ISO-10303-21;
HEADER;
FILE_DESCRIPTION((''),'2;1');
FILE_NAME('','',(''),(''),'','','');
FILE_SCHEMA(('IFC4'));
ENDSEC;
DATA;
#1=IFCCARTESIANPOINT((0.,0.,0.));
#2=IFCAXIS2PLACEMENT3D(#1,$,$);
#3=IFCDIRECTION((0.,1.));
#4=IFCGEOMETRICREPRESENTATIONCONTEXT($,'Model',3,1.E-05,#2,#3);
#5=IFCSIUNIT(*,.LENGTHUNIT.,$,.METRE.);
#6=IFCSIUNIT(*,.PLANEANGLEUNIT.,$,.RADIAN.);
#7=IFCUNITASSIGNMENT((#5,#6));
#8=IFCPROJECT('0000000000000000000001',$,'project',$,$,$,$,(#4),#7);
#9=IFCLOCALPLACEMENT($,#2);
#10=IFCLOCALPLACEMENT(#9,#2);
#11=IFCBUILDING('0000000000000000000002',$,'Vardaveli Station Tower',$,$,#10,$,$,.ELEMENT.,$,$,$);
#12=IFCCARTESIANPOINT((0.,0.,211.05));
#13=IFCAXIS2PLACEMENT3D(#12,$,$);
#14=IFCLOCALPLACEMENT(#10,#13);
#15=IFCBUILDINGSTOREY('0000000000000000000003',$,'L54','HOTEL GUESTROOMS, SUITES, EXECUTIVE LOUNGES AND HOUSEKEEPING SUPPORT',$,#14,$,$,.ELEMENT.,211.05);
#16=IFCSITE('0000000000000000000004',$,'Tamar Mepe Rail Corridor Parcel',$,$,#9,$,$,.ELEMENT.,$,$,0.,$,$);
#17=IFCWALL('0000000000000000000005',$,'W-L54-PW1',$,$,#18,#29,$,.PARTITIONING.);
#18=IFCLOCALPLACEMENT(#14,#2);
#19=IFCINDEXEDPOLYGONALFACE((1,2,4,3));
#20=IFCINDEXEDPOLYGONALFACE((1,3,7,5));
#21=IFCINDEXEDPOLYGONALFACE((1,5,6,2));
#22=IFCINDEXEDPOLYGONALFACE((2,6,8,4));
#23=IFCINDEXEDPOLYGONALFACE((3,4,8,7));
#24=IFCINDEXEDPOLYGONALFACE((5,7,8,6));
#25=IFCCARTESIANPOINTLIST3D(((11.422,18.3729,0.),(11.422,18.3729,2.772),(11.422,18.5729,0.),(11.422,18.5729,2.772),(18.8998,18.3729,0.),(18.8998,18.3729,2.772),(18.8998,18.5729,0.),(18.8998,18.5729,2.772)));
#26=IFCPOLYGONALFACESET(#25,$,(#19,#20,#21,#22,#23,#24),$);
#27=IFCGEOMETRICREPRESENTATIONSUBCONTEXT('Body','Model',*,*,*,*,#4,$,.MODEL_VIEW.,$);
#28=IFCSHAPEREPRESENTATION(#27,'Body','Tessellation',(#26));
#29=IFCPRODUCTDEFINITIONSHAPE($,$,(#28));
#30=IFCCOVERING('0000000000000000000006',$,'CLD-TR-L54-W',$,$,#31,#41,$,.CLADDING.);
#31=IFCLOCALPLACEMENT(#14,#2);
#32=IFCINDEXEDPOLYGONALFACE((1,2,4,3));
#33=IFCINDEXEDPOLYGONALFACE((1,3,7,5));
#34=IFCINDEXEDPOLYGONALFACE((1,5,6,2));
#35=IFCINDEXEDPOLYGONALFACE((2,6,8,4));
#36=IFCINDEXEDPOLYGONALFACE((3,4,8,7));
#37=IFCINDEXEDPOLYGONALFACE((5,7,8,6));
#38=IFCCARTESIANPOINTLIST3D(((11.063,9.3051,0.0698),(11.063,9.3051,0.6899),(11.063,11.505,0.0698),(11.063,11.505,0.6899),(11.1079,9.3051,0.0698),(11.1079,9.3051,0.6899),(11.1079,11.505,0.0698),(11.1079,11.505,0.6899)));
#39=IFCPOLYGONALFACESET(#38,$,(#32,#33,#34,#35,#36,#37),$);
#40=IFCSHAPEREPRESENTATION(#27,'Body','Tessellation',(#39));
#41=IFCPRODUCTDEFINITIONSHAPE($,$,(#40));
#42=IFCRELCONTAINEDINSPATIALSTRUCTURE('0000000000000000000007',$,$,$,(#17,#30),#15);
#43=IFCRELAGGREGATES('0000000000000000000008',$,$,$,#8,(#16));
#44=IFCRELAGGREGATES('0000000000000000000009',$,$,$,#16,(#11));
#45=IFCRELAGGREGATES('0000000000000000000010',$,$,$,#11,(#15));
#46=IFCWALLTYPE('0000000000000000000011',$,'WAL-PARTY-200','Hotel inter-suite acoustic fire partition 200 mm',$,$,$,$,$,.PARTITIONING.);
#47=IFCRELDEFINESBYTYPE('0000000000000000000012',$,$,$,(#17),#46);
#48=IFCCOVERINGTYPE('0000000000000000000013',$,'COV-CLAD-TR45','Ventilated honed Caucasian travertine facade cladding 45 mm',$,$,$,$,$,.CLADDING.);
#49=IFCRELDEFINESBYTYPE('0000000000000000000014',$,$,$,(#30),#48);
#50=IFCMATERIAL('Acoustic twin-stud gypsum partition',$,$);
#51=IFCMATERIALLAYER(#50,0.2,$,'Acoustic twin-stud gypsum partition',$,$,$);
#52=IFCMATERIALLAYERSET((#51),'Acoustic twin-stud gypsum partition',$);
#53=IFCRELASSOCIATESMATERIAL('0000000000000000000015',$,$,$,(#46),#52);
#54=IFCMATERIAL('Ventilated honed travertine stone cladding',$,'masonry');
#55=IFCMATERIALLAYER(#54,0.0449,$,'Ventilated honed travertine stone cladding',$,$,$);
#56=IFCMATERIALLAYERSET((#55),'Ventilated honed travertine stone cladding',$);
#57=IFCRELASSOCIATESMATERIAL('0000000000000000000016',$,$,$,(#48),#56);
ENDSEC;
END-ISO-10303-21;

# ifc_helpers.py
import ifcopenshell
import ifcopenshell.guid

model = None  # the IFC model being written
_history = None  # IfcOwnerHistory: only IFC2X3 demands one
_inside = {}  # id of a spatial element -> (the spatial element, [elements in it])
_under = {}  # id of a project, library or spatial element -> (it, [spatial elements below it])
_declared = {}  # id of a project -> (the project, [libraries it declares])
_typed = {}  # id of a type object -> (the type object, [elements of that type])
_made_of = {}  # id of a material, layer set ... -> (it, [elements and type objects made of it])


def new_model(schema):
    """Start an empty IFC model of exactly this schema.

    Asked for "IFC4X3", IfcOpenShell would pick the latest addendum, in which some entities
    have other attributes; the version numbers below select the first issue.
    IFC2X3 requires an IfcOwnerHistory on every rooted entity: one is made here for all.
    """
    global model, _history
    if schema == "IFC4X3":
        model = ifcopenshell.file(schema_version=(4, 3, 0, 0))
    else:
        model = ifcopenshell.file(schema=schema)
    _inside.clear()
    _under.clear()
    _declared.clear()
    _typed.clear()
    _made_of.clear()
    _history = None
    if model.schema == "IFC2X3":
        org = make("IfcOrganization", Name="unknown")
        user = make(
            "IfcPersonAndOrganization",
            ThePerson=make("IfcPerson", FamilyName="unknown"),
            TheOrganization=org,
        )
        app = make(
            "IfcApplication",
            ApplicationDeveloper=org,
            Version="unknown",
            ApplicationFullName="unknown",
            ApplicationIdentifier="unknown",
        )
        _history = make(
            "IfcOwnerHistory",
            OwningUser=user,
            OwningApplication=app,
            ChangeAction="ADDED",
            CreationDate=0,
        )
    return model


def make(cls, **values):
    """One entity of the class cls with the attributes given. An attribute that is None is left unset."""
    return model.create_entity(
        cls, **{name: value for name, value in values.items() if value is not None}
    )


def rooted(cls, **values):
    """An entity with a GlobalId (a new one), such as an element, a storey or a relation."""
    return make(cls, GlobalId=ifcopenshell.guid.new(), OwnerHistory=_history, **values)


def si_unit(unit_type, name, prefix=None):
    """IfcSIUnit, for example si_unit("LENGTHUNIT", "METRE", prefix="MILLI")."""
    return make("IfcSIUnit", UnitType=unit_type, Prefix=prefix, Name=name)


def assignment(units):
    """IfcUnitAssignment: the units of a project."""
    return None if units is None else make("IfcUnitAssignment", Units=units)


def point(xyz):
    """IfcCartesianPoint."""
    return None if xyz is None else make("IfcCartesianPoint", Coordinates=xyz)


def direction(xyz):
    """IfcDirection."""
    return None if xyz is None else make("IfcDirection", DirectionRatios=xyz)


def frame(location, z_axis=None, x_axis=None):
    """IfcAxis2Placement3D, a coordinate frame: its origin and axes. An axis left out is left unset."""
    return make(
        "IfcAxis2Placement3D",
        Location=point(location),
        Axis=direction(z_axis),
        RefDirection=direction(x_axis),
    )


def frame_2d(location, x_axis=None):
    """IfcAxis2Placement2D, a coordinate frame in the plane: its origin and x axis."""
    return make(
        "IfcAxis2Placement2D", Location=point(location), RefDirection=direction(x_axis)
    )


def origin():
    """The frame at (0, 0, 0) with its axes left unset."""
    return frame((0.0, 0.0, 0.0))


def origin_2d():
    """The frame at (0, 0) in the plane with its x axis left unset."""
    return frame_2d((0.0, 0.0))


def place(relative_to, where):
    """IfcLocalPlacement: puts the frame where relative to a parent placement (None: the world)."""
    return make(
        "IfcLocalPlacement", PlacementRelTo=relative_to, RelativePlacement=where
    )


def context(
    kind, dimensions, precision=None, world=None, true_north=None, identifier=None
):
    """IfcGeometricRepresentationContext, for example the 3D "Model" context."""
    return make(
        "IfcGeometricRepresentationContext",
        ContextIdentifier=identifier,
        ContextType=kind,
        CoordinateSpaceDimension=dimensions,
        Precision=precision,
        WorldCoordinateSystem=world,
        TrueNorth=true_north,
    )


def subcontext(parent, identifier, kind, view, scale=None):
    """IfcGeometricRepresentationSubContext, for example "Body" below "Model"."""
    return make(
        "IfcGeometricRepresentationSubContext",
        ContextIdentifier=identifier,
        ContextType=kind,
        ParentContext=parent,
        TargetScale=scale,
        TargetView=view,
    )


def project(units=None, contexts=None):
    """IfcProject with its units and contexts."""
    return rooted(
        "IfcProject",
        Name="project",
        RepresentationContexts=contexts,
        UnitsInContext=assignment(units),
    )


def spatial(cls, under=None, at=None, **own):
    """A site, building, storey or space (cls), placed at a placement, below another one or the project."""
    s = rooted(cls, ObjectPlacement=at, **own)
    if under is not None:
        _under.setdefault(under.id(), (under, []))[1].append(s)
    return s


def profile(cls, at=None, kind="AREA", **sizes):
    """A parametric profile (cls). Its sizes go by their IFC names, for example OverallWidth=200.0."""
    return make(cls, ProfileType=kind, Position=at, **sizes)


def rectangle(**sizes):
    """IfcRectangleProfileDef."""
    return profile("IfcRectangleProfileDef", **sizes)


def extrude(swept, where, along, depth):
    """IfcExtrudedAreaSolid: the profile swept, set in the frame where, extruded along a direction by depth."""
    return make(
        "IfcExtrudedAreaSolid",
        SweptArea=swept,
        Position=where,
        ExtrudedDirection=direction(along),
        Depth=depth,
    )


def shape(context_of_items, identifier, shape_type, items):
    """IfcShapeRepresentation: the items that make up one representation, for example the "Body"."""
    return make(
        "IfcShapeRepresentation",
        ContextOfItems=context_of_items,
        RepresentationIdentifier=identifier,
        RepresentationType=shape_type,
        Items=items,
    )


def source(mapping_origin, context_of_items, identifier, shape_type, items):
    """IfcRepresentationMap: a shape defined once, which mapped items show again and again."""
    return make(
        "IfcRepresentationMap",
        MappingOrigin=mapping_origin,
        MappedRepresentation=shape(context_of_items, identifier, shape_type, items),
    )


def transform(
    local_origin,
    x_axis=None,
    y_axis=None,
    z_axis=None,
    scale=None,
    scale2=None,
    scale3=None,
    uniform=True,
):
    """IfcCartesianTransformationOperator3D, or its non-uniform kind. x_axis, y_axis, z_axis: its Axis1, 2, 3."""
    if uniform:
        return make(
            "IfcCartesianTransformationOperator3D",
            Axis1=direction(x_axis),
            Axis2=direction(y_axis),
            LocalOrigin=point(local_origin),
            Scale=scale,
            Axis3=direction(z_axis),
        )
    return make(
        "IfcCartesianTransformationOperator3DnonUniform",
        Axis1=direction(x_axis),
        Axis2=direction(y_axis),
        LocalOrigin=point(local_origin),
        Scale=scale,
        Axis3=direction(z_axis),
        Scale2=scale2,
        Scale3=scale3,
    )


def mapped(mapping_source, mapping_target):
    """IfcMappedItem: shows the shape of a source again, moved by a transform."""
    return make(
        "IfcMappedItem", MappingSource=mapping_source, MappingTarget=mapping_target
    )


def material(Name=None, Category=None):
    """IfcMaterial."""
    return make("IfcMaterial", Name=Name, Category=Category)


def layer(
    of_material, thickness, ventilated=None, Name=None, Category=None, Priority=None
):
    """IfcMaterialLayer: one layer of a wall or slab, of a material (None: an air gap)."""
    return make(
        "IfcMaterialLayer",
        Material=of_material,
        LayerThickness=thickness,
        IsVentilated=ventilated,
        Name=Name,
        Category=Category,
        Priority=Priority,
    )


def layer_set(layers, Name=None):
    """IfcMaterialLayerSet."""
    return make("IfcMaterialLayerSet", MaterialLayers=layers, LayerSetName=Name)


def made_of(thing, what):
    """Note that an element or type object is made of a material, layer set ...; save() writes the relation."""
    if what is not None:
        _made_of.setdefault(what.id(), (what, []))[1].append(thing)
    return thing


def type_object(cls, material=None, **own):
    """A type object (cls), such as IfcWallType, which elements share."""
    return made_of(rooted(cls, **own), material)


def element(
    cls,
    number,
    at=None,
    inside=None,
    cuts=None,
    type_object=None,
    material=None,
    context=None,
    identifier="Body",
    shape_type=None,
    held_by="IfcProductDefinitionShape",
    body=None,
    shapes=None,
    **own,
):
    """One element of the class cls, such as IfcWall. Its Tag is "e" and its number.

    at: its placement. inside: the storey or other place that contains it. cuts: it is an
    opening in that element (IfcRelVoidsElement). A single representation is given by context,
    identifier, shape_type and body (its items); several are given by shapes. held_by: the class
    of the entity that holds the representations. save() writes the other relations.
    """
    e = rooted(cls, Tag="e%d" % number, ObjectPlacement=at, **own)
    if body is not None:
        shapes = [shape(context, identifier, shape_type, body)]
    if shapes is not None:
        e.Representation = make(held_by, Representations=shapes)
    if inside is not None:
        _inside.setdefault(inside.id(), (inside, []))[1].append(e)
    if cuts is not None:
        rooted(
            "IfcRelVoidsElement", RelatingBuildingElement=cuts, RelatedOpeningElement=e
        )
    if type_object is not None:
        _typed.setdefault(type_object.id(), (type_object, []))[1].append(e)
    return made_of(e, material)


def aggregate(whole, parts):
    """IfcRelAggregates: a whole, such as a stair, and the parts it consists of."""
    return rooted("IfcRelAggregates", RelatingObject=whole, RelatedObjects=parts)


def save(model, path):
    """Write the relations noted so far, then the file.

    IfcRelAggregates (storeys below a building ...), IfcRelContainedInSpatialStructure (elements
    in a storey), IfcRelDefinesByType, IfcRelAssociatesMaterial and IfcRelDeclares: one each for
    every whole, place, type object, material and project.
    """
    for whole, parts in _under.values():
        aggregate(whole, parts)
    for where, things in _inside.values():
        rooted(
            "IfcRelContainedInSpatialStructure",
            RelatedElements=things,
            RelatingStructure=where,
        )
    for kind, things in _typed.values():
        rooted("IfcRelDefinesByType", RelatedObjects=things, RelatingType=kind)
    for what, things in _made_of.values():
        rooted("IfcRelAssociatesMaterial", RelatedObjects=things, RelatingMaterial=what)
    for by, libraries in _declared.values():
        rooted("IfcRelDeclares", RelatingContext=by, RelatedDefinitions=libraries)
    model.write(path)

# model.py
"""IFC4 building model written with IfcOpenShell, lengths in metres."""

from ifc_helpers import new_model, si_unit, direction, frame, frame_2d, origin, origin_2d, place, context, subcontext, project, spatial, rectangle, extrude, source, transform, mapped, material, layer, layer_set, type_object, element, save


model = new_model("IFC4")

# Units and contexts
model_context = context("Model", 3, precision=1e-05, world=origin(), true_north=direction((0.0, 1.0)))
body_context = subcontext(model_context, "Body", "Model", "MODEL_VIEW")
ifc_project = project(units=[si_unit("LENGTHUNIT", "METRE"), si_unit("PLANEANGLEUNIT", "RADIAN")], contexts=[model_context])

# Site, building, storey
site_placement = place(None, origin())
site = spatial("IfcSite", under=ifc_project, at=site_placement, Name="Tamar Mepe Rail Corridor Parcel", CompositionType="ELEMENT", RefElevation=0.0)
building_placement = place(site_placement, origin())
building = spatial("IfcBuilding", under=site, at=building_placement, Name="Vardaveli Station Tower", CompositionType="ELEMENT")
storey_placement = place(building_placement, frame((0.0, 0.0, 211.05)))
storey = spatial("IfcBuildingStorey", under=building, at=storey_placement, Name="L54", Description="HOTEL GUESTROOMS, SUITES, EXECUTIVE LOUNGES AND HOUSEKEEPING SUPPORT", CompositionType="ELEMENT", Elevation=211.05)

# Wall
ifc_material_1 = material(Name="Acoustic twin-stud gypsum partition")
ifc_layer_1 = layer(ifc_material_1, 0.2, Name="Acoustic twin-stud gypsum partition")
ifc_layer_set_1 = layer_set([ifc_layer_1], Name="Acoustic twin-stud gypsum partition")
wall_type_1 = type_object("IfcWallType", Name="WAL-PARTY-200", Description="Hotel inter-suite acoustic fire partition 200 mm", PredefinedType="PARTITIONING", material=ifc_layer_set_1)
shared_shape_1 = source(origin(), body_context, "Body", "SweptSolid", [
    extrude(rectangle(XDim=7.4778, YDim=0.2, at=frame_2d((3.7388, 0.0))), origin(), (0.0, 0.0, 1.0), 2.772),
])
wall_1_placement = place(storey_placement, frame((11.4221, 18.4729, 0.0), z_axis=(0.0, 0.0, 1.0), x_axis=(1.0, 0.0, 0.0)))
element("IfcWall", 1, at=wall_1_placement, inside=storey, type_object=wall_type_1, Name="W-L54-PW1", PredefinedType="PARTITIONING", context=body_context, shape_type="MappedRepresentation", body=[
    mapped(shared_shape_1, transform((0.0, 0.0, 0.0), scale=1.0)),
])

# Covering
ifc_material_2 = material(Name="Ventilated honed travertine stone cladding", Category="masonry")
ifc_layer_2 = layer(ifc_material_2, 0.0449, Name="Ventilated honed travertine stone cladding")
ifc_layer_set_2 = layer_set([ifc_layer_2], Name="Ventilated honed travertine stone cladding")
covering_type = type_object("IfcCoveringType", Name="COV-CLAD-TR45", Description="Ventilated honed Caucasian travertine facade cladding 45 mm", PredefinedType="CLADDING", material=ifc_layer_set_2)
shared_shape_2 = source(origin(), body_context, "Body", "SweptSolid", [
    extrude(rectangle(XDim=2.2, YDim=0.0449, at=origin_2d()), origin(), (0.0, 0.0, 1.0), 0.6201),
])
covering_placement = place(storey_placement, frame((11.0854, 10.405, 0.0698), z_axis=(0.0, 0.0, 1.0), x_axis=(0.0, 1.0, 0.0)))
element("IfcCovering", 2, at=covering_placement, inside=storey, type_object=covering_type, Name="CLD-TR-L54-W", PredefinedType="CLADDING", context=body_context, shape_type="MappedRepresentation", body=[
    mapped(shared_shape_2, transform((0.0, 0.0, 0.0), scale=1.0)),
])

save(model, "model.ifc")
